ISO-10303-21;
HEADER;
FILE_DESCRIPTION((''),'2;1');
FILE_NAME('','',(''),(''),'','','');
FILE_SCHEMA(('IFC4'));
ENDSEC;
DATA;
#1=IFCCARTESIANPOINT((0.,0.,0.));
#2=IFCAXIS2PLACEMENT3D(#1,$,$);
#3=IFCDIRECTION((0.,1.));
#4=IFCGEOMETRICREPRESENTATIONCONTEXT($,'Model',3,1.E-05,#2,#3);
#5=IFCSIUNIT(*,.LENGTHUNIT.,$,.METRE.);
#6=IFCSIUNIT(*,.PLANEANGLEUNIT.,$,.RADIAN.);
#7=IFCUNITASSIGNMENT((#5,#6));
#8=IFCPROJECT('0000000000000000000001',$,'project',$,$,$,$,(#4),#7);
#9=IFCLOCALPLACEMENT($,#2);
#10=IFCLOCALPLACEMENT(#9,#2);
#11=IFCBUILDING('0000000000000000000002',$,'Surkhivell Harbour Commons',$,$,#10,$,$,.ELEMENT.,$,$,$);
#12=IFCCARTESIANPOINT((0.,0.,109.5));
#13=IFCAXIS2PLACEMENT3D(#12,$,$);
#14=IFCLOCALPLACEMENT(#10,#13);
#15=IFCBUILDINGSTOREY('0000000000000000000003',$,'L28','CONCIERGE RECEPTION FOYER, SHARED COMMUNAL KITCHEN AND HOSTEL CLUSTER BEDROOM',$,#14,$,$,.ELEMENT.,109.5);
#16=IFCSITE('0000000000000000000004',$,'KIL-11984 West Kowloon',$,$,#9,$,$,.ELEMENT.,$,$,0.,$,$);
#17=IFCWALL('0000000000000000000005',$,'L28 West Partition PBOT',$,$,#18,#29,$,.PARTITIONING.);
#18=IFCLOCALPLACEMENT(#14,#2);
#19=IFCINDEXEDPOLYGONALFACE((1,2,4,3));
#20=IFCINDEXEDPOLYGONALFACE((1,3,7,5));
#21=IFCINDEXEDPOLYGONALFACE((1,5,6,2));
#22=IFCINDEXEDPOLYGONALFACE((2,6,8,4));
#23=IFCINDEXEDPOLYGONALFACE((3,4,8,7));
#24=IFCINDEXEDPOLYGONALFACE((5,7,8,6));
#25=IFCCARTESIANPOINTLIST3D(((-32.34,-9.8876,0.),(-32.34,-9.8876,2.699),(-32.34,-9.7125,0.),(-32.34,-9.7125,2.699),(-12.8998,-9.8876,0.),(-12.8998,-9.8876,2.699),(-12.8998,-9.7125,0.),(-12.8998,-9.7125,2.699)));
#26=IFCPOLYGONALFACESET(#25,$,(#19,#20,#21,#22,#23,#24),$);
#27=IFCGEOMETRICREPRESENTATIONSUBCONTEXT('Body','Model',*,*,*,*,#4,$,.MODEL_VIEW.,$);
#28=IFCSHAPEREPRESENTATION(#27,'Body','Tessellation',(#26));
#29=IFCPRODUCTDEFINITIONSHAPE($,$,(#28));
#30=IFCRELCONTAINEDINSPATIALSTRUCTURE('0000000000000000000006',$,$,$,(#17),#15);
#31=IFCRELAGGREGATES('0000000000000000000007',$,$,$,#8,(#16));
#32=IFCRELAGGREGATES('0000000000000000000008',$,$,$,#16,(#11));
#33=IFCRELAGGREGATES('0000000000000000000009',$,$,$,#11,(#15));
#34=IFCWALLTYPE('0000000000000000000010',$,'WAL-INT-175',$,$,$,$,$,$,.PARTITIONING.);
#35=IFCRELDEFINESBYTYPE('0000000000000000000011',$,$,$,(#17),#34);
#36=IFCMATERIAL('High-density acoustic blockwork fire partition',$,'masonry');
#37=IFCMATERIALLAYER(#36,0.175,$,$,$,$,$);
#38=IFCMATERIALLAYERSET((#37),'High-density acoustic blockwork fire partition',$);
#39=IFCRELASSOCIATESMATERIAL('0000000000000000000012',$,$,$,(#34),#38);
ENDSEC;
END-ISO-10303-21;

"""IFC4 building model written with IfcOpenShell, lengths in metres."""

from ifc_helpers import new_model, si_unit, direction, frame, frame_2d, origin, place, context, subcontext, project, spatial, rectangle, extrude, material, layer, layer_set, type_object, element, save


model = new_model("IFC4")

# Units and contexts
model_context = context("Model", 3, precision=1e-05, world=origin(), true_north=direction((0.0, 1.0)))
body_context = subcontext(model_context, "Body", "Model", "MODEL_VIEW")
ifc_project = project(units=[si_unit("LENGTHUNIT", "METRE"), si_unit("PLANEANGLEUNIT", "RADIAN")], contexts=[model_context])

# Site, building, storey
site_placement = place(None, origin())
site = spatial("IfcSite", under=ifc_project, at=site_placement, Name="KIL-11984 West Kowloon", CompositionType="ELEMENT", RefElevation=0.0)
building_placement = place(site_placement, origin())
building = spatial("IfcBuilding", under=site, at=building_placement, Name="Surkhivell Harbour Commons", CompositionType="ELEMENT")
storey_placement = place(building_placement, frame((0.0, 0.0, 109.5)))
storey = spatial("IfcBuildingStorey", under=building, at=storey_placement, Name="L28", Description="CONCIERGE RECEPTION FOYER, SHARED COMMUNAL KITCHEN AND HOSTEL CLUSTER BEDROOM", CompositionType="ELEMENT", Elevation=109.5)

# Wall
ifc_material_1 = material(Name="High-density acoustic blockwork fire partition", Category="masonry")
ifc_layer_1 = layer(ifc_material_1, 0.175)
ifc_layer_set_1 = layer_set([ifc_layer_1], Name="High-density acoustic blockwork fire partition")
wall_type_1 = type_object("IfcWallType", Name="WAL-INT-175", PredefinedType="PARTITIONING", material=ifc_layer_set_1)
for number, where, z_axis, x_axis, name in (
    (1, (-32.3401, -9.8, 0.0), (0.0, 0.0, 1.0), (1.0, 0.0, 0.0), "L28 West Partition PBOT"),
):
    element("IfcWall", number, at=place(storey_placement, frame(where, z_axis=z_axis, x_axis=x_axis)), inside=storey, type_object=wall_type_1, Name=name, PredefinedType="PARTITIONING", context=body_context, shape_type="SweptSolid", body=[
        extrude(rectangle(XDim=19.4402, YDim=0.175, at=frame_2d((9.7202, 0.0))), origin(), (0.0, 0.0, 1.0), 2.699),
    ])

save(model, "model.ifc")
